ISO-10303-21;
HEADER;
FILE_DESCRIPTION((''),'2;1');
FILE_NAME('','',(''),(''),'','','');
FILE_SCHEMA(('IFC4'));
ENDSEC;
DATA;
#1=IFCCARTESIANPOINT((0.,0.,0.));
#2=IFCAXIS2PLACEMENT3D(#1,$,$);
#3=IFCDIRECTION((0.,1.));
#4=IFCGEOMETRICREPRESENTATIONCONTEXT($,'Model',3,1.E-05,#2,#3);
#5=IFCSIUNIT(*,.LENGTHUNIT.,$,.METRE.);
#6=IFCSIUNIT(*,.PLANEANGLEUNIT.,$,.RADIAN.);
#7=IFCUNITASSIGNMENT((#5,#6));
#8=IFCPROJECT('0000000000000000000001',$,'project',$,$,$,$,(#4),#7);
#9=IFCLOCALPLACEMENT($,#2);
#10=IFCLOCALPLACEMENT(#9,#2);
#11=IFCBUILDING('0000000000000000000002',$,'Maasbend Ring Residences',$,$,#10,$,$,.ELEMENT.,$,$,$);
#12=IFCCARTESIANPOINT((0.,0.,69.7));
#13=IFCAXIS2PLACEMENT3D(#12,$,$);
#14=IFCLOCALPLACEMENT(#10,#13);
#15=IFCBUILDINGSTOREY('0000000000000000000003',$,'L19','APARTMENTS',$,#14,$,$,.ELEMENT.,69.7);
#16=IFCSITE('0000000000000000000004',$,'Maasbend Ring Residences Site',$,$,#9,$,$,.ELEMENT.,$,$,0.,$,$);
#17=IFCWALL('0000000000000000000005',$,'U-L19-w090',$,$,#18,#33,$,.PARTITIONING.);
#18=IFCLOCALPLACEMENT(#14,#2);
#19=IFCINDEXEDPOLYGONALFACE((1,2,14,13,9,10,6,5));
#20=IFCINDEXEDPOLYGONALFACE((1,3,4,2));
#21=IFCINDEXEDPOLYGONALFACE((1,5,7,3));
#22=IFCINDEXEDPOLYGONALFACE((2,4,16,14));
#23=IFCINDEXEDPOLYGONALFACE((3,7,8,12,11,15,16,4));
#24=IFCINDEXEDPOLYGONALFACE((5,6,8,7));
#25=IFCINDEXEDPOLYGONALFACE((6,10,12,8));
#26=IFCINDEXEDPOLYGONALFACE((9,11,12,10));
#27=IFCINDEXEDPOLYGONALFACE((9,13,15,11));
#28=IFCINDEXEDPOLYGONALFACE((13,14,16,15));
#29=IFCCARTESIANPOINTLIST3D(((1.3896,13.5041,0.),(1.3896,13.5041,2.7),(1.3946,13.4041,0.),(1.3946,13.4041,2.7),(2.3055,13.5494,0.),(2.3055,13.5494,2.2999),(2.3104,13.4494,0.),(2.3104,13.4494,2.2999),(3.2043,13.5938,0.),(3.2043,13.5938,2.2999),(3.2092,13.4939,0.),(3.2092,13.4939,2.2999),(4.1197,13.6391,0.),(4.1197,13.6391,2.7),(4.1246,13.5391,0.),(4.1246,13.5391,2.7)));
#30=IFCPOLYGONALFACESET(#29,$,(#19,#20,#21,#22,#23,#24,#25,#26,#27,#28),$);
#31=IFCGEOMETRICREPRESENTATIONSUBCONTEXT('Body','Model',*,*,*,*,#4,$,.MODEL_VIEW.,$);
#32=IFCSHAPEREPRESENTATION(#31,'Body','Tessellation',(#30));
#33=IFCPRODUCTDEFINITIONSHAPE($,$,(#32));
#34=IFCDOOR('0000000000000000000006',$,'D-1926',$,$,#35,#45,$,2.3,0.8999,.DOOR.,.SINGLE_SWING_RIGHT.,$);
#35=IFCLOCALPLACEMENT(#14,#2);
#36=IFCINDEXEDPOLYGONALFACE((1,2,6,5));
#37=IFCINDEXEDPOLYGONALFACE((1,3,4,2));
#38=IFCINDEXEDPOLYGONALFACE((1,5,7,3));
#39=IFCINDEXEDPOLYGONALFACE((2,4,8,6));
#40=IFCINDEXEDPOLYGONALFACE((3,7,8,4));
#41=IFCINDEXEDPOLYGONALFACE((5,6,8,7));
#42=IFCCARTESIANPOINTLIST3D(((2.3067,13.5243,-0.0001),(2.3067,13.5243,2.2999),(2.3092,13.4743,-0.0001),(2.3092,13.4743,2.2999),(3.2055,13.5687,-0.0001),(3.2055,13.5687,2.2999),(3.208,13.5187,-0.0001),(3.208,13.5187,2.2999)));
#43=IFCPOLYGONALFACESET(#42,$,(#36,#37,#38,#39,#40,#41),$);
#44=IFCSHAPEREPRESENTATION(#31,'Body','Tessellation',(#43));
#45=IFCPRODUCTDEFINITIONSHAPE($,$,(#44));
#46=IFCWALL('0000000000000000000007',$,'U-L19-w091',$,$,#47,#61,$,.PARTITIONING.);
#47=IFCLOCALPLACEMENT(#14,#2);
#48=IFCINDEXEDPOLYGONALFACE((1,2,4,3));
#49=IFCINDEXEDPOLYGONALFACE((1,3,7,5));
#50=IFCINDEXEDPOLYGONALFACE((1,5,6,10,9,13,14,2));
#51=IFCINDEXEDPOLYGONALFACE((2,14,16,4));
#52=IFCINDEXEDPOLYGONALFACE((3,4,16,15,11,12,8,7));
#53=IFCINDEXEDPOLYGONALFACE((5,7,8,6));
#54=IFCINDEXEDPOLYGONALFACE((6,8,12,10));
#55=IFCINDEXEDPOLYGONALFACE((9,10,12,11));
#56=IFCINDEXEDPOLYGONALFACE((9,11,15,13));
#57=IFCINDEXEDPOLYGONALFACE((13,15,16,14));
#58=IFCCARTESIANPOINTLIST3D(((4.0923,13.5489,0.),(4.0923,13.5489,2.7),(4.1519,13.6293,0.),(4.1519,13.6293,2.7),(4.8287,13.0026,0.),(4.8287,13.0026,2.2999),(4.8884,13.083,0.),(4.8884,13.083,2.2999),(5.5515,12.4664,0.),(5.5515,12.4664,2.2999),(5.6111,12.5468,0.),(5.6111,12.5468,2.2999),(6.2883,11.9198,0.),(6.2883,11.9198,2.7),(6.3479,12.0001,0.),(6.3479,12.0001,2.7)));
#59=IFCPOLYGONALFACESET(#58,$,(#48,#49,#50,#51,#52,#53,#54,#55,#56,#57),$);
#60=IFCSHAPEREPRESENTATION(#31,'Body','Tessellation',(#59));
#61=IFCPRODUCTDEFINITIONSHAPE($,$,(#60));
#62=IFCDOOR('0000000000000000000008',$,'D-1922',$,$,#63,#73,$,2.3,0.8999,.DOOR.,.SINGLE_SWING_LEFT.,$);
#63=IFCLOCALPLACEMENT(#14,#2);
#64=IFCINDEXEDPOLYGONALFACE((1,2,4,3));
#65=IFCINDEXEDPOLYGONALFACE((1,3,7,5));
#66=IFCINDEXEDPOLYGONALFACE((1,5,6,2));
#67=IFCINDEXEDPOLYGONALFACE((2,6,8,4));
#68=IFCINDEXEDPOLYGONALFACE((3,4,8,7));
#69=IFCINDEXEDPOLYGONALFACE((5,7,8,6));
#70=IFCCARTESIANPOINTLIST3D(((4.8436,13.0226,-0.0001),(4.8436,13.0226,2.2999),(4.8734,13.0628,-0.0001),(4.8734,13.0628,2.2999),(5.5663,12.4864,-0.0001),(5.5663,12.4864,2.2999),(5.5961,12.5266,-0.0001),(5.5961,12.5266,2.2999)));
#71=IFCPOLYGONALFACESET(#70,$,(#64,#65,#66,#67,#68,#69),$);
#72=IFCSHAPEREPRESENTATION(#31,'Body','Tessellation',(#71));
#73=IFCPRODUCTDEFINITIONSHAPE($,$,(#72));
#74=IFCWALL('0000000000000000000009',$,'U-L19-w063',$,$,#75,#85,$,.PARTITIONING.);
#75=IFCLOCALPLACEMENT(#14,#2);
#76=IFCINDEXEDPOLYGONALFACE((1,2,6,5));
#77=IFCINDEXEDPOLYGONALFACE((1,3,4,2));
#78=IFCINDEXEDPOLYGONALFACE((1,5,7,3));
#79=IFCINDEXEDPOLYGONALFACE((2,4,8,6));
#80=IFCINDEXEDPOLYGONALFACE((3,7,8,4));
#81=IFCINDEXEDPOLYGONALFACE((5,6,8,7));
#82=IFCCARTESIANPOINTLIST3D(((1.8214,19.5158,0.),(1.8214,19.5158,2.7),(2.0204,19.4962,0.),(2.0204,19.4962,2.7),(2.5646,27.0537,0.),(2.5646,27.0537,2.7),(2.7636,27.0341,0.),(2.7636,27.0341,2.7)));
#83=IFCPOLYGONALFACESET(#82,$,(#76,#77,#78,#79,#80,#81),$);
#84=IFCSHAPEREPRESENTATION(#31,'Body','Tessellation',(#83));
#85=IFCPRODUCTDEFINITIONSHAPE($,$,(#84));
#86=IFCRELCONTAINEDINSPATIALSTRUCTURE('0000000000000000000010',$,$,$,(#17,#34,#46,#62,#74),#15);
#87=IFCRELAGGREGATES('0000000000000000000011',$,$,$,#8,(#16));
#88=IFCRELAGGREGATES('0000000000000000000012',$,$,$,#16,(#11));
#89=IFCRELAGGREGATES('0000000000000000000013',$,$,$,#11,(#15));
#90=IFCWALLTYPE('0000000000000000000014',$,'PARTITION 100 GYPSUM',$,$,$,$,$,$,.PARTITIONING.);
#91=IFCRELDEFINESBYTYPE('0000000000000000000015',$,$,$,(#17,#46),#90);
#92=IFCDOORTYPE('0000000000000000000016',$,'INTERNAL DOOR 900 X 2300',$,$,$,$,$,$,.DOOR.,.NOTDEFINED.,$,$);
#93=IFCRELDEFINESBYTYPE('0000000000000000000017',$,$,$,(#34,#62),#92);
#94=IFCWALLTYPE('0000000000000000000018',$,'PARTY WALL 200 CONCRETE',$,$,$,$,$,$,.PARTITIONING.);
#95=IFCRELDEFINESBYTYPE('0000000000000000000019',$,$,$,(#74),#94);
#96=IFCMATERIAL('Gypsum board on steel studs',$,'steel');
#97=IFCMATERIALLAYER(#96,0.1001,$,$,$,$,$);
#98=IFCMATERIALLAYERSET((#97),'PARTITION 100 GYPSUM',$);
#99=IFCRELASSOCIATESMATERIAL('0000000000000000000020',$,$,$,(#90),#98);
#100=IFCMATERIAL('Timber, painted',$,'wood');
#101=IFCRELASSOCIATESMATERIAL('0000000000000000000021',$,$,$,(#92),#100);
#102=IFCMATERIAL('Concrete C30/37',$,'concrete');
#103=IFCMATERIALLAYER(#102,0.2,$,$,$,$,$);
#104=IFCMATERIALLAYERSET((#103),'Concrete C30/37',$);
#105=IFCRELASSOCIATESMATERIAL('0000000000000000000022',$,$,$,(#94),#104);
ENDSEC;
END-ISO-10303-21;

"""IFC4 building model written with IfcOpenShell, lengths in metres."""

from ifc_helpers import new_model, si_unit, direction, frame, frame_2d, origin, place, context, subcontext, project, spatial, rectangle, extrude, material, layer, layer_set, type_object, element, fill, save


model = new_model("IFC4")

# Units and contexts
model_context = context("Model", 3, precision=1e-05, world=origin(), true_north=direction((0.0, 1.0)))
body_context = subcontext(model_context, "Body", "Model", "MODEL_VIEW")
ifc_project = project(units=[si_unit("LENGTHUNIT", "METRE"), si_unit("PLANEANGLEUNIT", "RADIAN")], contexts=[model_context])

# Site, building, storey
site_placement = place(None, origin())
site = spatial("IfcSite", under=ifc_project, at=site_placement, Name="Maasbend Ring Residences Site", CompositionType="ELEMENT", RefElevation=0.0)
building_placement = place(site_placement, origin())
building = spatial("IfcBuilding", under=site, at=building_placement, Name="Maasbend Ring Residences", CompositionType="ELEMENT")
storey_placement = place(building_placement, frame((0.0, 0.0, 69.7)))
storey = spatial("IfcBuildingStorey", under=building, at=storey_placement, Name="L19", Description="APARTMENTS", CompositionType="ELEMENT", Elevation=69.7)

# Shared definitions
ifc_material_1 = material(Name="Gypsum board on steel studs", Category="steel")
ifc_layer_1 = layer(ifc_material_1, 0.1001)
ifc_layer_set_1 = layer_set([ifc_layer_1], Name="PARTITION 100 GYPSUM")
wall_type_1 = type_object("IfcWallType", Name="PARTITION 100 GYPSUM", PredefinedType="PARTITIONING", material=ifc_layer_set_1)
ifc_material_2 = material(Name="Timber, painted", Category="wood")
door_type_1 = type_object("IfcDoorType", Name="INTERNAL DOOR 900 X 2300", OperationType="NOTDEFINED", PredefinedType="DOOR", material=ifc_material_2)

# Walls, openings, doors
wall_1_placement = place(storey_placement, frame((1.3921, 13.4541, 0.0), z_axis=(0.0, 0.0, 1.0), x_axis=(0.998779, 0.049394, 0.0)))
wall_1 = element("IfcWall", 1, at=wall_1_placement, inside=storey, type_object=wall_type_1, Name="U-L19-w090", PredefinedType="PARTITIONING", context=body_context, shape_type="SweptSolid", body=[
    extrude(rectangle(XDim=2.7334, YDim=0.1001, at=frame_2d((1.3667, 0.0))), origin(), (0.0, 0.0, 1.0), 2.7),
])
opening_1_placement = place(wall_1_placement, frame((0.917, 0.0, 0.0)))
opening_1 = element("IfcOpeningElement", 2, at=opening_1_placement, cuts=wall_1, PredefinedType="OPENING", context=body_context, shape_type="SweptSolid", body=[
    extrude(rectangle(XDim=0.8999, YDim=2.3, at=frame_2d((0.45, 1.1499))), frame((0.0, 0.0601, 0.0), z_axis=(0.0, -1.0, 0.0), x_axis=(1.0, 0.0, 0.0)), (0.0, 0.0, 1.0), 0.1201),
])
door_1_placement = place(opening_1_placement, origin())
door_1 = element("IfcDoor", 3, at=door_1_placement, inside=storey, type_object=door_type_1, Name="D-1926", OperationType="SINGLE_SWING_RIGHT", OverallHeight=2.3, OverallWidth=0.8999, PredefinedType="DOOR", context=body_context, shape_type="SweptSolid", body=[
    extrude(rectangle(XDim=0.8999, YDim=2.3, at=frame_2d((0.45, 1.1499))), frame((0.0, 0.0249, 0.0), z_axis=(0.0, -1.0, 0.0), x_axis=(1.0, 0.0, 0.0)), (0.0, 0.0, 1.0), 0.05),
])
fill(opening_1, door_1)
wall_2_placement = place(storey_placement, frame((4.1221, 13.5891, 0.0), z_axis=(0.0, 0.0, 1.0), x_axis=(0.803128, -0.595806, 0.0)))
wall_2 = element("IfcWall", 4, at=wall_2_placement, inside=storey, type_object=wall_type_1, Name="U-L19-w091", PredefinedType="PARTITIONING", context=body_context, shape_type="SweptSolid", body=[
    extrude(rectangle(XDim=2.7344, YDim=0.1001, at=frame_2d((1.3672, 0.0))), origin(), (0.0, 0.0, 1.0), 2.7),
])
opening_2_placement = place(wall_2_placement, frame((0.917, 0.0, 0.0)))
opening_2 = element("IfcOpeningElement", 5, at=opening_2_placement, cuts=wall_2, PredefinedType="OPENING", context=body_context, shape_type="SweptSolid", body=[
    extrude(rectangle(XDim=0.8999, YDim=2.3, at=frame_2d((0.45, 1.1499))), frame((0.0, 0.0601, 0.0), z_axis=(0.0, -1.0, 0.0), x_axis=(1.0, 0.0, 0.0)), (0.0, 0.0, 1.0), 0.1201),
])
door_2_placement = place(opening_2_placement, origin())
door_2 = element("IfcDoor", 6, at=door_2_placement, inside=storey, type_object=door_type_1, Name="D-1922", OperationType="SINGLE_SWING_LEFT", OverallHeight=2.3, OverallWidth=0.8999, PredefinedType="DOOR", context=body_context, shape_type="SweptSolid", body=[
    extrude(rectangle(XDim=0.8999, YDim=2.3, at=frame_2d((0.45, 1.1499))), frame((0.0, 0.0249, 0.0), z_axis=(0.0, -1.0, 0.0), x_axis=(1.0, 0.0, 0.0)), (0.0, 0.0, 1.0), 0.05),
])
fill(opening_2, door_2)

# Wall
ifc_material_3 = material(Name="Concrete C30/37", Category="concrete")
ifc_layer_2 = layer(ifc_material_3, 0.2)
ifc_layer_set_2 = layer_set([ifc_layer_2], Name="Concrete C30/37")
wall_type_2 = type_object("IfcWallType", Name="PARTY WALL 200 CONCRETE", PredefinedType="PARTITIONING", material=ifc_layer_set_2)
wall_3_placement = place(storey_placement, frame((1.9209, 19.5061, 0.0), z_axis=(0.0, 0.0, 1.0), x_axis=(0.098115, 0.995175, 0.0)))
element("IfcWall", 7, at=wall_3_placement, inside=storey, type_object=wall_type_2, Name="U-L19-w063", PredefinedType="PARTITIONING", context=body_context, shape_type="SweptSolid", body=[
    extrude(rectangle(XDim=7.5745, YDim=0.2, at=frame_2d((3.7871, 0.0))), origin(), (0.0, 0.0, 1.0), 2.7),
])

save(model, "model.ifc")
